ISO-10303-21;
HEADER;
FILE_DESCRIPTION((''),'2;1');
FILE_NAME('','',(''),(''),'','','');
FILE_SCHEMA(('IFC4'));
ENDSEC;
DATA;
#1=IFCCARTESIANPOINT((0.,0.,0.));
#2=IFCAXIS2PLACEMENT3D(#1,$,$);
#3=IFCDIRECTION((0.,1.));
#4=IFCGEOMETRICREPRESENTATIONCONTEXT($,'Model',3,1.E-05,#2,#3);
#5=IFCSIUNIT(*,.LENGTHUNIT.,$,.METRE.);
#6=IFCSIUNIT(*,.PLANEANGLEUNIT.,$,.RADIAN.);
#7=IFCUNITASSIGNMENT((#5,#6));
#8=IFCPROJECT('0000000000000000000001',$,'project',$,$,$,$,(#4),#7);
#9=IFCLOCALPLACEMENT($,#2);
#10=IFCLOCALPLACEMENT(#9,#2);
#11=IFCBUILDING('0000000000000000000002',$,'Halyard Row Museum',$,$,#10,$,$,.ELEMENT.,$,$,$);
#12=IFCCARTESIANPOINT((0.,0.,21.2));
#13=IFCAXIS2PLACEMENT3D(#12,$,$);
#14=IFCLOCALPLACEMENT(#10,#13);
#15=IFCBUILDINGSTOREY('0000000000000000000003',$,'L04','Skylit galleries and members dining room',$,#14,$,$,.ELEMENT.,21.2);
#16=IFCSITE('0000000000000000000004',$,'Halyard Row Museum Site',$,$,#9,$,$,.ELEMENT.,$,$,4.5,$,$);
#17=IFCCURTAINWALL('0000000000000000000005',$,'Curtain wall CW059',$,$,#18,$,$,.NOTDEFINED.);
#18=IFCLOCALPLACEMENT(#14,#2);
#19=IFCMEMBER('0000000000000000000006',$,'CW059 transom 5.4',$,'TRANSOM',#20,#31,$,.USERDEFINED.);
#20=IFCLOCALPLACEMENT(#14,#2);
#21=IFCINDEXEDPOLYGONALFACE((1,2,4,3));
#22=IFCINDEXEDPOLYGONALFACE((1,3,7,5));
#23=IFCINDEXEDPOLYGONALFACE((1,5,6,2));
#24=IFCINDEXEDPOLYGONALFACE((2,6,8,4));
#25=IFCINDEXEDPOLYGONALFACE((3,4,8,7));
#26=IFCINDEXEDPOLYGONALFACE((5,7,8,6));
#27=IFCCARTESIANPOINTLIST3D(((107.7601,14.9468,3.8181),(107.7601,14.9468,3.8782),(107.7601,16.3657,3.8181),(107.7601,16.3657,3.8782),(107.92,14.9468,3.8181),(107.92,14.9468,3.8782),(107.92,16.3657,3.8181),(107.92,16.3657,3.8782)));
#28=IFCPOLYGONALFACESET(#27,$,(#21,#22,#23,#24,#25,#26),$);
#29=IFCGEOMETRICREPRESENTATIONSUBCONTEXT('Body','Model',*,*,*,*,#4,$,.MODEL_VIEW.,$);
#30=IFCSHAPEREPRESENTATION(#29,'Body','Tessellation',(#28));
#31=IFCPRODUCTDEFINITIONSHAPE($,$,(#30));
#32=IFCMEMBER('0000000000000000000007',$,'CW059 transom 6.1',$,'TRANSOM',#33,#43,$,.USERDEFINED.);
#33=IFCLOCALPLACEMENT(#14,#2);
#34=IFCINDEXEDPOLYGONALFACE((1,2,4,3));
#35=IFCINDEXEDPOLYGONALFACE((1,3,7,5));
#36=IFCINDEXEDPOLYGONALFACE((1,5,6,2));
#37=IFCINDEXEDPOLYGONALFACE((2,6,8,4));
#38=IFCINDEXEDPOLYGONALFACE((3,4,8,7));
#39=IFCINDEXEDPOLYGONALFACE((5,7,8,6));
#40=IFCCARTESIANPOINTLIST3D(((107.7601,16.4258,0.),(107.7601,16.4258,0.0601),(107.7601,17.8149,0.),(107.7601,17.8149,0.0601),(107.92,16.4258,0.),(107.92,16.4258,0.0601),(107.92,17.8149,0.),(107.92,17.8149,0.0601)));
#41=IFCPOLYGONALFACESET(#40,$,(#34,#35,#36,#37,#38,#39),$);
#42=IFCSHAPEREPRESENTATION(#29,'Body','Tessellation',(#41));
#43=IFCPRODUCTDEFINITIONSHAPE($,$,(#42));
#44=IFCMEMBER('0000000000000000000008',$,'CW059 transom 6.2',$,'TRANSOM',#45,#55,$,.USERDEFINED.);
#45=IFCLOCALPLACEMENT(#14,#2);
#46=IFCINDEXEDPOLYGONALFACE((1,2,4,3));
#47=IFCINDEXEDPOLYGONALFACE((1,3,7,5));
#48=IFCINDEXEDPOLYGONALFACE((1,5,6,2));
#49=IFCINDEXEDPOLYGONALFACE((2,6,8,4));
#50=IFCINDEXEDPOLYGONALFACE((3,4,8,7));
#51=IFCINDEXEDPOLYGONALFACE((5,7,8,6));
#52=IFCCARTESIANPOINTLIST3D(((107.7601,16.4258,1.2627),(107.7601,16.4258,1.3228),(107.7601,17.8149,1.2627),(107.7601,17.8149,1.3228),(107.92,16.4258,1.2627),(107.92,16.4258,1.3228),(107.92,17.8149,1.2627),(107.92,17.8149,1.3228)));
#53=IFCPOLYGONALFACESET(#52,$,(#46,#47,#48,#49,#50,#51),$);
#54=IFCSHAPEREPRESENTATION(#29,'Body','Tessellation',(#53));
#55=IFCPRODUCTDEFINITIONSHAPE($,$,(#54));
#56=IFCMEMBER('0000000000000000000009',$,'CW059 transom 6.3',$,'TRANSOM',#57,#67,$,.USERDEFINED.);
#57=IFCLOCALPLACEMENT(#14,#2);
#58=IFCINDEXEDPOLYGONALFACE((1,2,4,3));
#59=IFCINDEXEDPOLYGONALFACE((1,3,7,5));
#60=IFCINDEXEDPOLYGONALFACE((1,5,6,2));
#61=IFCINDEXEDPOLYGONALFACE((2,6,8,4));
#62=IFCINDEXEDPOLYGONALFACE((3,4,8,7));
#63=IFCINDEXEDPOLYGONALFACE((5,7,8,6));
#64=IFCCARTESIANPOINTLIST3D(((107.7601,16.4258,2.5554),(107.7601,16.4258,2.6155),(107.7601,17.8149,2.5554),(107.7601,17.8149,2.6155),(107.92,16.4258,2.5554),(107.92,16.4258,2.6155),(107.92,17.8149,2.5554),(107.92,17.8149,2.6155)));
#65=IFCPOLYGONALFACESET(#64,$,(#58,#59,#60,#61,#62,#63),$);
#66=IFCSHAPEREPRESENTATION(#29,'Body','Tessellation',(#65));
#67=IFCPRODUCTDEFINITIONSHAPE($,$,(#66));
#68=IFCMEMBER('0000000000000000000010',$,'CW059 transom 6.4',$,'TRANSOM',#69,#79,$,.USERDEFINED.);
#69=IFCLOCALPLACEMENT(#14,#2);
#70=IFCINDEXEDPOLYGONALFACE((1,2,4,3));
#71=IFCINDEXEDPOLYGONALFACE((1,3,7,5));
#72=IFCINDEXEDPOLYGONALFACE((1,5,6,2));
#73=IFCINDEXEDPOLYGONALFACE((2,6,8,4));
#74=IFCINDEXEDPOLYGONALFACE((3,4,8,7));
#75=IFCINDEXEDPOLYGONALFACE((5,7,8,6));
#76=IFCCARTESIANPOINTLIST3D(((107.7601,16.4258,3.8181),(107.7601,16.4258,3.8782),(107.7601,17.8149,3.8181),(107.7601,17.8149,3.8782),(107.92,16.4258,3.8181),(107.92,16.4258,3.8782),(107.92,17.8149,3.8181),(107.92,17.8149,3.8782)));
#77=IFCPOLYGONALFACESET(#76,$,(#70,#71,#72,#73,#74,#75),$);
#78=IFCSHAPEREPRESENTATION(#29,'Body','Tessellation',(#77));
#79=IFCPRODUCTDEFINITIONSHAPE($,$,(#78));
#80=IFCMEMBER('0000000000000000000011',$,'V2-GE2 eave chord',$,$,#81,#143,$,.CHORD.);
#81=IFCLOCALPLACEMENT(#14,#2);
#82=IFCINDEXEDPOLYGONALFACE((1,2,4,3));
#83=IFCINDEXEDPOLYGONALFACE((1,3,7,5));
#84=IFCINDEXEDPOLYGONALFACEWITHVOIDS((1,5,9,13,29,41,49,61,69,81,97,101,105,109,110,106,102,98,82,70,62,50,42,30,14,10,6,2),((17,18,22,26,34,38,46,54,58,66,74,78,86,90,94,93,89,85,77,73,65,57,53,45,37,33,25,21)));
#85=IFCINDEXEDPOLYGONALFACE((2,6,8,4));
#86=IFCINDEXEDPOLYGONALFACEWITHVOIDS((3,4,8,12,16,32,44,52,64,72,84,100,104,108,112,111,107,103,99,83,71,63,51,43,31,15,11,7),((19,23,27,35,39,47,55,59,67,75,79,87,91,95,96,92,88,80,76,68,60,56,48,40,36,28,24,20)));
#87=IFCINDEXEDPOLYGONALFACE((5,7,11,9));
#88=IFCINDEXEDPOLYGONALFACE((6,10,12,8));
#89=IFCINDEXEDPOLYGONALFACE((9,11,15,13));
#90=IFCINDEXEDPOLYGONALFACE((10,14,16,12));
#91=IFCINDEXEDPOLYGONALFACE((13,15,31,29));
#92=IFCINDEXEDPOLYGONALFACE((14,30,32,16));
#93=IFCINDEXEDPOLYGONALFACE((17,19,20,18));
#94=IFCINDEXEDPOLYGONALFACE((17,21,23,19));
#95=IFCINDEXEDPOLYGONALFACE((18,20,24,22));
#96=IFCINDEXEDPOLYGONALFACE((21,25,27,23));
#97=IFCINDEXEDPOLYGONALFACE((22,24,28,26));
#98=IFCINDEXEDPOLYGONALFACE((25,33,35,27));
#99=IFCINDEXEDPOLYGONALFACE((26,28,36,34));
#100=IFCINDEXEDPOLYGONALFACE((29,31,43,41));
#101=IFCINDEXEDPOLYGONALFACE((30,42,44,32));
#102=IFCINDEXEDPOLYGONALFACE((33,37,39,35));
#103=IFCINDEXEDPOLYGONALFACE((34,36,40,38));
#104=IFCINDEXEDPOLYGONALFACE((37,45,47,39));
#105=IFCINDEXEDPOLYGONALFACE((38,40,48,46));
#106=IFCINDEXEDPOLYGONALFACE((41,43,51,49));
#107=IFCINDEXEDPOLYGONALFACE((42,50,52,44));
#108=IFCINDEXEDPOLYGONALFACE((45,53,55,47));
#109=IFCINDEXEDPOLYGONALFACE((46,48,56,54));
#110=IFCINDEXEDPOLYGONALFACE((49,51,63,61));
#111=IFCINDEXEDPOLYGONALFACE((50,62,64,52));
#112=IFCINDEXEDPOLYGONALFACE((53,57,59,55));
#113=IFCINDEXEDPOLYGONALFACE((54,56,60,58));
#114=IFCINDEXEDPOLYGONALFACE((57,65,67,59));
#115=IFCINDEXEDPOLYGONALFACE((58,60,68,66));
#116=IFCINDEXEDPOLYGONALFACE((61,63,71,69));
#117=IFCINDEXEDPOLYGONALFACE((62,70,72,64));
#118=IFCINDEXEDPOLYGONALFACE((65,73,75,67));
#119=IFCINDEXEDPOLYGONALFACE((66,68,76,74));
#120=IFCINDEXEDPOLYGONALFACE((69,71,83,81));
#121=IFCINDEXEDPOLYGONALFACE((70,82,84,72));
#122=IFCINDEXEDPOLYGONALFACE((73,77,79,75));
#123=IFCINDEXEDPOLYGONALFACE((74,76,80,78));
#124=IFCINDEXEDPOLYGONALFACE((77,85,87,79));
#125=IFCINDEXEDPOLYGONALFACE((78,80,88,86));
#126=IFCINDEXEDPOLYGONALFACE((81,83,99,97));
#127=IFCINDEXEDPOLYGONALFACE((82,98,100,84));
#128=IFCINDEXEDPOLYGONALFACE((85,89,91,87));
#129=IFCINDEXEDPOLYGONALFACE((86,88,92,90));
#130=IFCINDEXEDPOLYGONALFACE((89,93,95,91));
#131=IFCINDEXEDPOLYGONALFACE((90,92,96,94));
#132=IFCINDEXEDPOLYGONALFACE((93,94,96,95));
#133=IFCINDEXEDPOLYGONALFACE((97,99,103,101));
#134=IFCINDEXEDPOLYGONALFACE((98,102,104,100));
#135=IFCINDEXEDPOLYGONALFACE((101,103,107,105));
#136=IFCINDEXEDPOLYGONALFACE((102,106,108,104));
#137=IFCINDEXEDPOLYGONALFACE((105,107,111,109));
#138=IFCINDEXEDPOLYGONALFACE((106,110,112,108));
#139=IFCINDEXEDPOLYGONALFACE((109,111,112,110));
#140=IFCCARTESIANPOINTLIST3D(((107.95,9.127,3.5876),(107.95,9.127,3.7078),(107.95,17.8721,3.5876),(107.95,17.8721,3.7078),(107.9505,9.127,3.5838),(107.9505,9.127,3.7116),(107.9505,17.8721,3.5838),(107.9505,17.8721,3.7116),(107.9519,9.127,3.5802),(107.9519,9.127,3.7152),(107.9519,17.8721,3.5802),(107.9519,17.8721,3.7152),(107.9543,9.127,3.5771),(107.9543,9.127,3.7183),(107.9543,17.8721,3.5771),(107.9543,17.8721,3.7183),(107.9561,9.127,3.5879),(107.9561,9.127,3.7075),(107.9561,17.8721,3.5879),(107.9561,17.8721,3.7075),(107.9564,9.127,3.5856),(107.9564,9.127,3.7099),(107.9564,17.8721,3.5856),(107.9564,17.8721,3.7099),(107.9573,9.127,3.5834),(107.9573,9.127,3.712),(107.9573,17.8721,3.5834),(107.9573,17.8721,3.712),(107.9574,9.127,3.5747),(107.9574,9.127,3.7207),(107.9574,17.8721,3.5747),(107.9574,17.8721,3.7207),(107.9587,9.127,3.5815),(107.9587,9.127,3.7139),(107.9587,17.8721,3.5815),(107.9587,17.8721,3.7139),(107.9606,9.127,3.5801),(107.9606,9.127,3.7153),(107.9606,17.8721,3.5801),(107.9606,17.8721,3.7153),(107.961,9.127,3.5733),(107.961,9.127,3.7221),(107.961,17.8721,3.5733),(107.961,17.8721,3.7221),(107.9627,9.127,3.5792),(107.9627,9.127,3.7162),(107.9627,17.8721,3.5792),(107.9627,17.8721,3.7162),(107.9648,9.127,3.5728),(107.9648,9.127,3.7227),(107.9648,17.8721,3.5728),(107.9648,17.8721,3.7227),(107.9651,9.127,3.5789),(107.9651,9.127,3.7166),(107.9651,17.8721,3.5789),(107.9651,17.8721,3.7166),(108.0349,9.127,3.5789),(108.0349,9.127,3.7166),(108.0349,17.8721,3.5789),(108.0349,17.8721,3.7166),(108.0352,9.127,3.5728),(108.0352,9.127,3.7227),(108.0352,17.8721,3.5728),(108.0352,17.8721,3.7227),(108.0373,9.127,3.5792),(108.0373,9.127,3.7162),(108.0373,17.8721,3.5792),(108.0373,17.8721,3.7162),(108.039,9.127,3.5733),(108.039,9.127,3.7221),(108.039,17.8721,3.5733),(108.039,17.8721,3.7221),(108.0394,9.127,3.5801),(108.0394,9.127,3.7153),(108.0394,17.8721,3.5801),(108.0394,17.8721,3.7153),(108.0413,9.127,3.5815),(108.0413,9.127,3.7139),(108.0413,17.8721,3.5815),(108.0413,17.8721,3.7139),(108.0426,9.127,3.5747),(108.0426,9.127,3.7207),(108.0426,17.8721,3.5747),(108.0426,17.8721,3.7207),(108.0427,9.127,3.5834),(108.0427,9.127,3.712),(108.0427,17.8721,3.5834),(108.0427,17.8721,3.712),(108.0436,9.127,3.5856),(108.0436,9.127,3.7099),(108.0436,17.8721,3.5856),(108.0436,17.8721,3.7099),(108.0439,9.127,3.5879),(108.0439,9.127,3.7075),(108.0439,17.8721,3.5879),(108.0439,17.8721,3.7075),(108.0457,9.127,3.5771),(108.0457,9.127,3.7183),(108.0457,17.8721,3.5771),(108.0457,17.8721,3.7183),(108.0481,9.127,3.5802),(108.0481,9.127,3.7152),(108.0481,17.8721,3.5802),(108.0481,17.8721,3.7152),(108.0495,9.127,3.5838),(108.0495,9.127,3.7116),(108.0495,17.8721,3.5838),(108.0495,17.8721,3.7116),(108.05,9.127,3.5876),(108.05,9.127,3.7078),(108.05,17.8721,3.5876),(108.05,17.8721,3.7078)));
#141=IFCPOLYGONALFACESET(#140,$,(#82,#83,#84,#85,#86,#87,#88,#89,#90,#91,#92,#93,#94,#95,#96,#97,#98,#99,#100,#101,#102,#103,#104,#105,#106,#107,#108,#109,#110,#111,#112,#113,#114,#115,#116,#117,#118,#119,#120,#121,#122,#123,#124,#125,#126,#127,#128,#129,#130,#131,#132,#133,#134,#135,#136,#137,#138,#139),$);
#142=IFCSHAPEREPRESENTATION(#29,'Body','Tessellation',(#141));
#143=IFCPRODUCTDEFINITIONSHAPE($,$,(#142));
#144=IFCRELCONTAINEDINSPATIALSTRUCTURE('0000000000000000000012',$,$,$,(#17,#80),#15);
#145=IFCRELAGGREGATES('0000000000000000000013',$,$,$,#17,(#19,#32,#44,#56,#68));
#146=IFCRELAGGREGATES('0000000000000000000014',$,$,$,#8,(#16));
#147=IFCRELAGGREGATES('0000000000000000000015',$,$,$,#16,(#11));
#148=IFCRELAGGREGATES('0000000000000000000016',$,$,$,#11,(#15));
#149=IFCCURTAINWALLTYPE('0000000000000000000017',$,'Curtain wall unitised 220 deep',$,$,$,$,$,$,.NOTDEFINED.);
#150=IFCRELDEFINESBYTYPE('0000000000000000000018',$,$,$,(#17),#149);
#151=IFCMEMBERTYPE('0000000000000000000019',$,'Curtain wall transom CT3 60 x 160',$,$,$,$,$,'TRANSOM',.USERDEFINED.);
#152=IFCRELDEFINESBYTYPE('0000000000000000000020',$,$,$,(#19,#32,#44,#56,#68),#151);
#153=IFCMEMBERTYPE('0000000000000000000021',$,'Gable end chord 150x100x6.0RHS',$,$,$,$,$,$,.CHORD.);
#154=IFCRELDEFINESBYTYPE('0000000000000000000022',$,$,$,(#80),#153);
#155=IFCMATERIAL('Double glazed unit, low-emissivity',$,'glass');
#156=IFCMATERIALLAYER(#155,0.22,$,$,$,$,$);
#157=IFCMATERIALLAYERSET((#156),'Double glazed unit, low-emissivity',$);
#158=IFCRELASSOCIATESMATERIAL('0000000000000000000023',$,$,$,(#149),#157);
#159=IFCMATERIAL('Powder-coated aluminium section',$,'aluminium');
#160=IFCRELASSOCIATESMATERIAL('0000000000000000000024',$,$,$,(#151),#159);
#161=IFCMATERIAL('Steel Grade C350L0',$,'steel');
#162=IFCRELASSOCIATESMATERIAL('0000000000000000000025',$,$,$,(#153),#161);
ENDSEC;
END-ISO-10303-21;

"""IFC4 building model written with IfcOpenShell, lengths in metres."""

from ifc_helpers import new_model, si_unit, direction, frame, origin, origin_2d, place, context, subcontext, project, spatial, rectangle, hollow_rectangle, extrude, material, layer, layer_set, material_profile, profile_set, type_object, element, aggregate, save


model = new_model("IFC4")

# Units and contexts
model_context = context("Model", 3, precision=1e-05, world=origin(), true_north=direction((0.0, 1.0)))
body_context = subcontext(model_context, "Body", "Model", "MODEL_VIEW")
ifc_project = project(units=[si_unit("LENGTHUNIT", "METRE"), si_unit("PLANEANGLEUNIT", "RADIAN")], contexts=[model_context])

# Site, building, storey
site_placement = place(None, origin())
site = spatial("IfcSite", under=ifc_project, at=site_placement, Name="Halyard Row Museum Site", CompositionType="ELEMENT", RefElevation=4.5)
building_placement = place(site_placement, origin())
building = spatial("IfcBuilding", under=site, at=building_placement, Name="Halyard Row Museum", CompositionType="ELEMENT")
storey_placement = place(building_placement, frame((0.0, 0.0, 21.2)))
storey = spatial("IfcBuildingStorey", under=building, at=storey_placement, Name="L04", Description="Skylit galleries and members dining room", CompositionType="ELEMENT", Elevation=21.2)

# Curtain wall, members
ifc_material_1 = material(Name="Double glazed unit, low-emissivity", Category="glass")
ifc_layer_1 = layer(ifc_material_1, 0.22)
ifc_layer_set_1 = layer_set([ifc_layer_1], Name="Double glazed unit, low-emissivity")
curtain_wall_type = type_object("IfcCurtainWallType", Name="Curtain wall unitised 220 deep", PredefinedType="NOTDEFINED", material=ifc_layer_set_1)
curtain_wall_placement = place(storey_placement, origin())
curtain_wall = element("IfcCurtainWall", 1, at=curtain_wall_placement, inside=storey, type_object=curtain_wall_type, Name="Curtain wall CW059", PredefinedType="NOTDEFINED")
ifc_material_2 = material(Name="Powder-coated aluminium section", Category="aluminium")
ifc_material_profile_1 = material_profile(ifc_material_2, rectangle(XDim=0.1599, YDim=0.0601, at=origin_2d()), Name="160x60 transom")
ifc_profile_set_1 = profile_set([ifc_material_profile_1], Name="Powder-coated aluminium section")
member_type_1 = type_object("IfcMemberType", Name="Curtain wall transom CT3 60 x 160", ElementType="TRANSOM", PredefinedType="USERDEFINED", material=ifc_profile_set_1)
member_1_placement = place(storey_placement, frame((107.8401, 14.9468, 3.8481), z_axis=(0.0, 1.0, 0.0), x_axis=(-1.0, 0.0, 0.0)))
member_1 = element("IfcMember", 2, at=member_1_placement, type_object=member_type_1, Name="CW059 transom 5.4", ObjectType="TRANSOM", PredefinedType="USERDEFINED", context=body_context, shape_type="SweptSolid", body=[
    extrude(rectangle(XDim=0.1599, YDim=0.0601, at=origin_2d()), origin(), (0.0, 0.0, 1.0), 1.4189),
])
member_2_placement = place(storey_placement, frame((107.8401, 16.4258, 0.03), z_axis=(0.0, 1.0, 0.0), x_axis=(-1.0, 0.0, 0.0)))
member_2 = element("IfcMember", 3, at=member_2_placement, type_object=member_type_1, Name="CW059 transom 6.1", ObjectType="TRANSOM", PredefinedType="USERDEFINED", context=body_context, shape_type="SweptSolid", body=[
    extrude(rectangle(XDim=0.1599, YDim=0.0601, at=origin_2d()), origin(), (0.0, 0.0, 1.0), 1.3892),
])
member_3_placement = place(storey_placement, frame((107.8401, 16.4258, 1.2927), z_axis=(0.0, 1.0, 0.0), x_axis=(-1.0, 0.0, 0.0)))
member_3 = element("IfcMember", 4, at=member_3_placement, type_object=member_type_1, Name="CW059 transom 6.2", ObjectType="TRANSOM", PredefinedType="USERDEFINED", context=body_context, shape_type="SweptSolid", body=[
    extrude(rectangle(XDim=0.1599, YDim=0.0601, at=origin_2d()), origin(), (0.0, 0.0, 1.0), 1.3892),
])
member_4_placement = place(storey_placement, frame((107.8401, 16.4258, 2.5854), z_axis=(0.0, 1.0, 0.0), x_axis=(-1.0, 0.0, 0.0)))
member_4 = element("IfcMember", 5, at=member_4_placement, type_object=member_type_1, Name="CW059 transom 6.3", ObjectType="TRANSOM", PredefinedType="USERDEFINED", context=body_context, shape_type="SweptSolid", body=[
    extrude(rectangle(XDim=0.1599, YDim=0.0601, at=origin_2d()), origin(), (0.0, 0.0, 1.0), 1.3892),
])
member_5_placement = place(storey_placement, frame((107.8401, 16.4258, 3.8481), z_axis=(0.0, 1.0, 0.0), x_axis=(-1.0, 0.0, 0.0)))
member_5 = element("IfcMember", 6, at=member_5_placement, type_object=member_type_1, Name="CW059 transom 6.4", ObjectType="TRANSOM", PredefinedType="USERDEFINED", context=body_context, shape_type="SweptSolid", body=[
    extrude(rectangle(XDim=0.1599, YDim=0.0601, at=origin_2d()), origin(), (0.0, 0.0, 1.0), 1.3892),
])

# Member
ifc_material_3 = material(Name="Steel Grade C350L0", Category="steel")
ifc_material_profile_2 = material_profile(ifc_material_3, hollow_rectangle(XDim=0.1001, YDim=0.1499, WallThickness=0.0061, InnerFilletRadius=0.009, OuterFilletRadius=0.0149, at=origin_2d()), Name="150x100x6.0RHS")
ifc_profile_set_2 = profile_set([ifc_material_profile_2], Name="Steel Grade C350L0")
member_type_2 = type_object("IfcMemberType", Name="Gable end chord 150x100x6.0RHS", PredefinedType="CHORD", material=ifc_profile_set_2)
member_6_placement = place(storey_placement, frame((108.0, 9.127, 3.6477), z_axis=(0.0, 1.0, 0.0), x_axis=(-1.0, 0.0, 0.0)))
element("IfcMember", 7, at=member_6_placement, inside=storey, type_object=member_type_2, Name="V2-GE2 eave chord", PredefinedType="CHORD", context=body_context, shape_type="SweptSolid", body=[
    extrude(hollow_rectangle(XDim=0.1001, YDim=0.1499, WallThickness=0.0061, InnerFilletRadius=0.009, OuterFilletRadius=0.0149, at=origin_2d()), origin(), (0.0, 0.0, 1.0), 8.7451),
])

aggregate(curtain_wall, [member_1, member_2, member_3, member_4, member_5])

save(model, "model.ifc")
